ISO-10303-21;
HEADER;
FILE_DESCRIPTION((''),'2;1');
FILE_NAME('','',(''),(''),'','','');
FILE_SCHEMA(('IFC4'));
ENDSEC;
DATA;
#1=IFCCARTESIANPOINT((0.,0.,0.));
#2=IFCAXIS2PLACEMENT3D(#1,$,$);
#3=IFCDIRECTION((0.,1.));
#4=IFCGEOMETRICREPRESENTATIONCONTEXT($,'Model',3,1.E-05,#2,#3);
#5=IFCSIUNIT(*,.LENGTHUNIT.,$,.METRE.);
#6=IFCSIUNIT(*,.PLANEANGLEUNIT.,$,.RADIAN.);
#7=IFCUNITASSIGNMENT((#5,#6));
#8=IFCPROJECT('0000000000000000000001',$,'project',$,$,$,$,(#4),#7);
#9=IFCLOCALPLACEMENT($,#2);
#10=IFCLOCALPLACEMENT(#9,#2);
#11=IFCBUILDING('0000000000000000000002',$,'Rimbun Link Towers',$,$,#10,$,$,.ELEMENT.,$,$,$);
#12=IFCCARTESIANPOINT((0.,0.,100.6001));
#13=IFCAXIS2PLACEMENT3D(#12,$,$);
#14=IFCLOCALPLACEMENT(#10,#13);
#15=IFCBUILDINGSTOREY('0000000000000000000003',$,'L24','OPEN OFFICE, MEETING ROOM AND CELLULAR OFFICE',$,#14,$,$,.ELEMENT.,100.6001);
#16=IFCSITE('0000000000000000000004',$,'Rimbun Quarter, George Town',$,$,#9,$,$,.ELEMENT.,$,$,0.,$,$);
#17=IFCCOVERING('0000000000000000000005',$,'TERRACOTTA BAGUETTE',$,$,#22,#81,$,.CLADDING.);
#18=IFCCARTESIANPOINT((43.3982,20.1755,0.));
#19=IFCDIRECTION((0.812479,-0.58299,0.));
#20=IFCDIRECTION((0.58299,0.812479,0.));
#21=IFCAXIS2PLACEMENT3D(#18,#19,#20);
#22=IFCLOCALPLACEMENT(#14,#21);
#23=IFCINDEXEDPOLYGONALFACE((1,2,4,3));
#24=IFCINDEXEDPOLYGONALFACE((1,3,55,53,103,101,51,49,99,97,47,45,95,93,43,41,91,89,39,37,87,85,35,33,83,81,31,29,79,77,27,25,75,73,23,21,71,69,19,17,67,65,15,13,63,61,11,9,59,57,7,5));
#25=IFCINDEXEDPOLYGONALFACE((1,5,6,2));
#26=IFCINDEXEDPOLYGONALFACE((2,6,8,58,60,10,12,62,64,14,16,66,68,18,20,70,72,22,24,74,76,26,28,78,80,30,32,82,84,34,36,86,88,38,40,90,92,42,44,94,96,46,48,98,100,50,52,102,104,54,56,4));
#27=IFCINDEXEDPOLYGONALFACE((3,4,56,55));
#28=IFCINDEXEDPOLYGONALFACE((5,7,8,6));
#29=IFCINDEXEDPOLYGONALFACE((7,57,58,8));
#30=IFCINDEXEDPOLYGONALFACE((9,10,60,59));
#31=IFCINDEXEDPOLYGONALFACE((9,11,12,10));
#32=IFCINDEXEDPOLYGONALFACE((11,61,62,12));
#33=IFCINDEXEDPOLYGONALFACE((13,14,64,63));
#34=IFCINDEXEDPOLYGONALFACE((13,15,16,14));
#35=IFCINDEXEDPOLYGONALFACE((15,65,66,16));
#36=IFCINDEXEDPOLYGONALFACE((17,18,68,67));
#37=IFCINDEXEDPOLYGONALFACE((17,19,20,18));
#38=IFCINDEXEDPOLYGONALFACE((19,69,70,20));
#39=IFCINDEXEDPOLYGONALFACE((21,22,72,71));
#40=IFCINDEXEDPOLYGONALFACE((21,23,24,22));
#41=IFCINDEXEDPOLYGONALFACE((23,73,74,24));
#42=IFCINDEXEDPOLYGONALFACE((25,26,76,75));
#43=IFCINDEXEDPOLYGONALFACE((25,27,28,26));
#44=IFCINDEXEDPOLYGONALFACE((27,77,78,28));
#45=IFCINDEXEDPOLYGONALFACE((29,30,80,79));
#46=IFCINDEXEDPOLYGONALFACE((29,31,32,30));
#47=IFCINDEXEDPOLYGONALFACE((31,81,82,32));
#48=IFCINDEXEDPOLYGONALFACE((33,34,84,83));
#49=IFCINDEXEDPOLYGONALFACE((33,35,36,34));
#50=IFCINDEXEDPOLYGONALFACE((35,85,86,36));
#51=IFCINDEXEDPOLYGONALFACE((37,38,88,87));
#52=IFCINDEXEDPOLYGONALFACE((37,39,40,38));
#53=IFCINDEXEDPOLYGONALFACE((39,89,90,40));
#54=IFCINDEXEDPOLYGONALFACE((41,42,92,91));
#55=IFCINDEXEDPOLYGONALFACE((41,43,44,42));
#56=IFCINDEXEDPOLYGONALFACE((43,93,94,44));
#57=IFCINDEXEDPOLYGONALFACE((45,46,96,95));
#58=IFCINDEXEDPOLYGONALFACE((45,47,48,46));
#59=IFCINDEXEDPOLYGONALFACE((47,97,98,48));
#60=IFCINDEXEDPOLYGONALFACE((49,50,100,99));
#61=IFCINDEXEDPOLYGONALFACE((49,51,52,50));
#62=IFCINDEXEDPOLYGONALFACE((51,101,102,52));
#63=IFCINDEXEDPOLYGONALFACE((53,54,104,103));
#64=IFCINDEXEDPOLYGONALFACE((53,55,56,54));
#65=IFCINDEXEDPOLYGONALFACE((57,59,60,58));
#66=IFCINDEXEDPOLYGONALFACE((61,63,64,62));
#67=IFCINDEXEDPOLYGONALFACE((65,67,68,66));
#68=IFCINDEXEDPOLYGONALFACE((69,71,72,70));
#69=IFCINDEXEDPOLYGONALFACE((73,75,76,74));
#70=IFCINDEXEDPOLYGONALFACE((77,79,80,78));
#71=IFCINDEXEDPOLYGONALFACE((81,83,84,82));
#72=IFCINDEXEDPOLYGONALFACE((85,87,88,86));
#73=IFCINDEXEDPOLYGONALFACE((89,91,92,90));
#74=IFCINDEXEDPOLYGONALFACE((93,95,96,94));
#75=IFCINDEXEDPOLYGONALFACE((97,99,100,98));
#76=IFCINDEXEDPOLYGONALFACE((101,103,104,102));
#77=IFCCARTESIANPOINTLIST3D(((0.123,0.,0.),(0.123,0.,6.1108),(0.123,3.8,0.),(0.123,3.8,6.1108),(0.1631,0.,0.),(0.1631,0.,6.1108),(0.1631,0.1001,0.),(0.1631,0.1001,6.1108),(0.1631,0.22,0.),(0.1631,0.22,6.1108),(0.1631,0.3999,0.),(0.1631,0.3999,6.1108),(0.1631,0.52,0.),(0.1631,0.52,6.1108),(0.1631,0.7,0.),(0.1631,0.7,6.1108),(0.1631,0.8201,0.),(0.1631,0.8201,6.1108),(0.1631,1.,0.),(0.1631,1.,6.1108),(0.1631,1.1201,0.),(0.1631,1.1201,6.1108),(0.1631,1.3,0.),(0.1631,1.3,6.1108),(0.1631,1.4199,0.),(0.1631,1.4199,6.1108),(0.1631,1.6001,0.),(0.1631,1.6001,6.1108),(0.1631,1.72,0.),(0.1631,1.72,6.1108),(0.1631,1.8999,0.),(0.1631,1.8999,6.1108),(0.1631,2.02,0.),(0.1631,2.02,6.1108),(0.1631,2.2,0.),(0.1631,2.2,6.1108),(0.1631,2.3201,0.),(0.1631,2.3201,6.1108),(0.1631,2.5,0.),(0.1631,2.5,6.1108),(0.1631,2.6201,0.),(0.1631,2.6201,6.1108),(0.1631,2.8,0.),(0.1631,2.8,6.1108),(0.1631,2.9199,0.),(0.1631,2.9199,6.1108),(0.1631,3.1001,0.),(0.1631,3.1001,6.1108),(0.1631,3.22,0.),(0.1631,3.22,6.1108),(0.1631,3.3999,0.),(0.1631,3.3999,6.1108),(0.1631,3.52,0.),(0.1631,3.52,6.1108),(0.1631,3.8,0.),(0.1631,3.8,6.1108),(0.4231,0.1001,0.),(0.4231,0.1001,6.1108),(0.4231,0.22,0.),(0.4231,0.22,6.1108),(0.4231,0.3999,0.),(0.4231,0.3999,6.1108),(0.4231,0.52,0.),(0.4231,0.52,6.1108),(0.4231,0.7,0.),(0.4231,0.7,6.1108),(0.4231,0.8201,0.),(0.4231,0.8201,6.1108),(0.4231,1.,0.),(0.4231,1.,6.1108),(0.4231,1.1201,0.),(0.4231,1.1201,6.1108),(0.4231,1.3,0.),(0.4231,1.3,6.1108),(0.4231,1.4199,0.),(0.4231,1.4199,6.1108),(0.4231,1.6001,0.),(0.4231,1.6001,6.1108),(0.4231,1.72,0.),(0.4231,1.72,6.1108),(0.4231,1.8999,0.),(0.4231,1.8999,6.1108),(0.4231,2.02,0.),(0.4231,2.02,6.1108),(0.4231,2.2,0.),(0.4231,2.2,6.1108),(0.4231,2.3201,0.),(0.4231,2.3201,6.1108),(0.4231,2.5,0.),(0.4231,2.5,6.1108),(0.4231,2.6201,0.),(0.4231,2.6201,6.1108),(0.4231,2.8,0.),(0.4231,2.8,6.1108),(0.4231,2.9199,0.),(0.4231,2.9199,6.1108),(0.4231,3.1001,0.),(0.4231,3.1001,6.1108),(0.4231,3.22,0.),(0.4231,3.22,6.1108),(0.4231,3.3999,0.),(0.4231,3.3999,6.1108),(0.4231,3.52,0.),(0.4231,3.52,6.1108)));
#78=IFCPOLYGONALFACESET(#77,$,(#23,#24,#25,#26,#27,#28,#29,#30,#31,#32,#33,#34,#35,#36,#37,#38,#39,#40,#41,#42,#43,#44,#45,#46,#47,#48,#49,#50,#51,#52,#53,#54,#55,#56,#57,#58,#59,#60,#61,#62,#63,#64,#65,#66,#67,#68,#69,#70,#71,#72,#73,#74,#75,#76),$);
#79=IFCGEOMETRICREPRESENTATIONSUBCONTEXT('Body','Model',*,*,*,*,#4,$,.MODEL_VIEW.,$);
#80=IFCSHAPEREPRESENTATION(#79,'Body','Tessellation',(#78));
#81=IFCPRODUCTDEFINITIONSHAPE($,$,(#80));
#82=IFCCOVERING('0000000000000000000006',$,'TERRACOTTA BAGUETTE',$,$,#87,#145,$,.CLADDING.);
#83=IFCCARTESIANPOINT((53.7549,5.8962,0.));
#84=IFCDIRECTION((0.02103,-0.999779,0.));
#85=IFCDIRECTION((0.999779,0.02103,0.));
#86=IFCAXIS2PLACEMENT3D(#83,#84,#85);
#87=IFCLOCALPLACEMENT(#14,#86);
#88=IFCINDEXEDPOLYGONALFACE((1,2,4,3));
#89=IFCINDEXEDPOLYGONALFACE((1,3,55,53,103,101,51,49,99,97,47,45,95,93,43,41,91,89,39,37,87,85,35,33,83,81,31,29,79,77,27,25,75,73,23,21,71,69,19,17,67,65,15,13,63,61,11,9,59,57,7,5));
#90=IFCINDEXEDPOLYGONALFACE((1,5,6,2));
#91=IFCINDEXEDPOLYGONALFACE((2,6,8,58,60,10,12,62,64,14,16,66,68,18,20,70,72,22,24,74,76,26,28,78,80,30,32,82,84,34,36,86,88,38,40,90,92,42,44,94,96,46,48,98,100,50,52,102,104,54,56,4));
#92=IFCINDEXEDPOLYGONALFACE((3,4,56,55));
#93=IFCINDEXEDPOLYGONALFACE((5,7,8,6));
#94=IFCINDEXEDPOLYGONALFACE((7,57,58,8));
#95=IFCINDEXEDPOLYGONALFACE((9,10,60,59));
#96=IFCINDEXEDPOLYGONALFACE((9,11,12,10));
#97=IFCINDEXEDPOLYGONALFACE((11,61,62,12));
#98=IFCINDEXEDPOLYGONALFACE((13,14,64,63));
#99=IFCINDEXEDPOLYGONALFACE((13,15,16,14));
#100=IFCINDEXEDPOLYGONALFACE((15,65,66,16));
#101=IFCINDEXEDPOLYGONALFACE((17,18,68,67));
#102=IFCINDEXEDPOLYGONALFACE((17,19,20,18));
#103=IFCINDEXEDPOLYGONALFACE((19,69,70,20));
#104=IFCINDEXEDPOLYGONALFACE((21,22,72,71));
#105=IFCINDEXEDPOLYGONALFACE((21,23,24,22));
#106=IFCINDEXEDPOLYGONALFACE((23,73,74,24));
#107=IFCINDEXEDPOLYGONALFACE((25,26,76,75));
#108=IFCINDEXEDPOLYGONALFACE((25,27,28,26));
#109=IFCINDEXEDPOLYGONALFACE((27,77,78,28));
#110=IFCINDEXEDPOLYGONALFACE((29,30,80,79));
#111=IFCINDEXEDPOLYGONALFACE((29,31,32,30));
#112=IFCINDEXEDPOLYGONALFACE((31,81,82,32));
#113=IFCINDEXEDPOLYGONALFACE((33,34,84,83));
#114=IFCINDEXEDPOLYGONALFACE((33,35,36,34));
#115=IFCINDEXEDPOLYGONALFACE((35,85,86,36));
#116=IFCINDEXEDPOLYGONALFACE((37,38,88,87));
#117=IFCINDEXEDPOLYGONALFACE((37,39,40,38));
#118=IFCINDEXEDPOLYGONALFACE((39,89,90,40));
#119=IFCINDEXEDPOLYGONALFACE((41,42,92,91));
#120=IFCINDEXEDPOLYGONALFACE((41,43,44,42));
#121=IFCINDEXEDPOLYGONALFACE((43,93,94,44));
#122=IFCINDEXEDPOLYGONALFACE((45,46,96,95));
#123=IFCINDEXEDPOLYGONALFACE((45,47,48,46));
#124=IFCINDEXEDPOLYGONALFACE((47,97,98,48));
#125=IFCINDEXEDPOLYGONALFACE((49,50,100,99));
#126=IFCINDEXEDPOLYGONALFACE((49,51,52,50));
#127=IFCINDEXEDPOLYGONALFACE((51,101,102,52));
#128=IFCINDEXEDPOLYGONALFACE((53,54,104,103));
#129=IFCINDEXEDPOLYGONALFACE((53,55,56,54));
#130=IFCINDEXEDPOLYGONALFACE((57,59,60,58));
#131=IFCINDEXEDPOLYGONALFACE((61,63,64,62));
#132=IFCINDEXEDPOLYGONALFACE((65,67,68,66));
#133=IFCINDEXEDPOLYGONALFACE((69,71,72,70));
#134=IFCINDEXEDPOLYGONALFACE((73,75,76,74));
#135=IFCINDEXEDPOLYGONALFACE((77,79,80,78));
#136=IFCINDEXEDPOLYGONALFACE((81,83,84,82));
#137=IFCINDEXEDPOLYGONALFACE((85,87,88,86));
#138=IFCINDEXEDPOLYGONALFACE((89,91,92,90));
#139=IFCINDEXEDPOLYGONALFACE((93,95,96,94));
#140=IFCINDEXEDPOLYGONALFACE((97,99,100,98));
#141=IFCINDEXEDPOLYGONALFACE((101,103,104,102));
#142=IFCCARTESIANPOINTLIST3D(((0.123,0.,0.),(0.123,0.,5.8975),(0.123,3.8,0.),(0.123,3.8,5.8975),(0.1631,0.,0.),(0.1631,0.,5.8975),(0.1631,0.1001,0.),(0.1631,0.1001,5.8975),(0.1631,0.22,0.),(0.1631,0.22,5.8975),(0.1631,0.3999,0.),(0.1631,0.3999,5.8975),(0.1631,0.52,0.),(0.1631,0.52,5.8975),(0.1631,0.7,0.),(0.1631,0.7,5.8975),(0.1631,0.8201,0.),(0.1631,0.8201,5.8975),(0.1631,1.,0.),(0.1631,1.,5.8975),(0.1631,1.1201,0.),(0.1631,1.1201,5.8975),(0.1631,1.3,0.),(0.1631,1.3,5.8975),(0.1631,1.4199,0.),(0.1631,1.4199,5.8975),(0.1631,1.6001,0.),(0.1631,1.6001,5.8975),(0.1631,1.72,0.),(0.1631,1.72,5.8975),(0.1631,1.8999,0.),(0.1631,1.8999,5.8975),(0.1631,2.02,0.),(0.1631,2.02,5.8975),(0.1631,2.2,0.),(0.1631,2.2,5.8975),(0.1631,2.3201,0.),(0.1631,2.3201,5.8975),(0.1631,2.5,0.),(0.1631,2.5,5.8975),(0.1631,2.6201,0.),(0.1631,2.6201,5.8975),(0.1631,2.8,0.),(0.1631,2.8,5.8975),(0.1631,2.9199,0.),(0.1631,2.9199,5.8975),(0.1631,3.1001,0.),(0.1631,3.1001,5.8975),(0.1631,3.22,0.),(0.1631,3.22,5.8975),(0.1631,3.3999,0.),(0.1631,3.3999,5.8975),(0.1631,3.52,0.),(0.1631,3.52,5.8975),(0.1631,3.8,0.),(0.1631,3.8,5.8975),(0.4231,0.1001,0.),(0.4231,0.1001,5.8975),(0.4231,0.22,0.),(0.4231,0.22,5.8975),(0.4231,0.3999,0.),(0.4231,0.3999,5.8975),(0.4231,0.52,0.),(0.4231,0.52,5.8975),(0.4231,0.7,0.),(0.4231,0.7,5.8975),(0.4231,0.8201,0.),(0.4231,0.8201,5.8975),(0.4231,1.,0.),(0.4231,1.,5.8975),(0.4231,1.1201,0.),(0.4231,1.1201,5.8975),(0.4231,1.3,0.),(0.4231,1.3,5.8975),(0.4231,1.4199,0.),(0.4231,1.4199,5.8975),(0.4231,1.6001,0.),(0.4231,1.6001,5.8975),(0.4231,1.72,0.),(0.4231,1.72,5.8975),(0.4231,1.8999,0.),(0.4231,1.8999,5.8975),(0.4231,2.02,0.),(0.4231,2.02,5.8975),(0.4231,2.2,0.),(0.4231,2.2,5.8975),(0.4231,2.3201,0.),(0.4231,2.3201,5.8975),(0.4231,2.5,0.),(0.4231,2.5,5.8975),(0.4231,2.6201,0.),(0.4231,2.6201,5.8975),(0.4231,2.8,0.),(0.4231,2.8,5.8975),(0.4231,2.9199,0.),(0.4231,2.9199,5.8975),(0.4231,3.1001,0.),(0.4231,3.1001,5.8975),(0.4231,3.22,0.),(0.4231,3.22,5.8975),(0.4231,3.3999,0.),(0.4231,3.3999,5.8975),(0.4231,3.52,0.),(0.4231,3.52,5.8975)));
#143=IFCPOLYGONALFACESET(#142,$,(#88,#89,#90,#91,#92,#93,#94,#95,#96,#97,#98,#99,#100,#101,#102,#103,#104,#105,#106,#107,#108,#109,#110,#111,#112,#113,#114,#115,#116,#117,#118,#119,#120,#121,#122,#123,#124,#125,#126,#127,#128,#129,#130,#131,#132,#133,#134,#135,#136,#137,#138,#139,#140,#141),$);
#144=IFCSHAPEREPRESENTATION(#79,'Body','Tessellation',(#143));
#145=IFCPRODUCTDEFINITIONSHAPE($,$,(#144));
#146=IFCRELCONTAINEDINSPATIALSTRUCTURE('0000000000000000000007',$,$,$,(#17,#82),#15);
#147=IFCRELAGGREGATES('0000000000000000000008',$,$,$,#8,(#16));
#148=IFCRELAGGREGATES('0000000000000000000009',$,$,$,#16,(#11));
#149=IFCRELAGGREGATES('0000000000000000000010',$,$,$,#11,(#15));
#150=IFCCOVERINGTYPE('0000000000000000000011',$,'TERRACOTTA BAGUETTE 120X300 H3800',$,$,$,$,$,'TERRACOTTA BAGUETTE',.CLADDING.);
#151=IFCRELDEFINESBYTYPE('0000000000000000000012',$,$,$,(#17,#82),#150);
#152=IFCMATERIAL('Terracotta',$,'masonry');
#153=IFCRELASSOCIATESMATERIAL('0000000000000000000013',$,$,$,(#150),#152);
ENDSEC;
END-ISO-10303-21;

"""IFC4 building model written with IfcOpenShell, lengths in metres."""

from ifc_helpers import new_model, si_unit, direction, frame, origin, place, context, subcontext, project, spatial, polyline, outline, extrude, material, material_profile, profile_set, type_object, element, save


model = new_model("IFC4")

# Units and contexts
model_context = context("Model", 3, precision=1e-05, world=origin(), true_north=direction((0.0, 1.0)))
body_context = subcontext(model_context, "Body", "Model", "MODEL_VIEW")
ifc_project = project(units=[si_unit("LENGTHUNIT", "METRE"), si_unit("PLANEANGLEUNIT", "RADIAN")], contexts=[model_context])

# Site, building, storey
site_placement = place(None, origin())
site = spatial("IfcSite", under=ifc_project, at=site_placement, Name="Rimbun Quarter, George Town", CompositionType="ELEMENT", RefElevation=0.0)
building_placement = place(site_placement, origin())
building = spatial("IfcBuilding", under=site, at=building_placement, Name="Rimbun Link Towers", CompositionType="ELEMENT")
storey_placement = place(building_placement, frame((0.0, 0.0, 100.6001)))
storey = spatial("IfcBuildingStorey", under=building, at=storey_placement, Name="L24", Description="OPEN OFFICE, MEETING ROOM AND CELLULAR OFFICE", CompositionType="ELEMENT", Elevation=100.6001)

# Coverings
ifc_material_1 = material(Name="Terracotta", Category="masonry")
ifc_material_profile_1 = material_profile(ifc_material_1, outline(polyline([(0.123, 0.0), (0.1631, 0.0), (0.1631, 0.1001), (0.4231, 0.1001), (0.4231, 0.22), (0.1631, 0.22), (0.1631, 0.3999), (0.4231, 0.3999), (0.4231, 0.52), (0.1631, 0.52), (0.1631, 0.7), (0.4231, 0.7), (0.4231, 0.8201), (0.1631, 0.8201), (0.1631, 1.0), (0.4231, 1.0), (0.4231, 1.1201), (0.1631, 1.1201), (0.1631, 1.3), (0.4231, 1.3), (0.4231, 1.4199), (0.1631, 1.4199), (0.1631, 1.6001), (0.4231, 1.6001), (0.4231, 1.72), (0.1631, 1.72), (0.1631, 1.8999), (0.4231, 1.8999), (0.4231, 2.02), (0.1631, 2.02), (0.1631, 2.2), (0.4231, 2.2), (0.4231, 2.3201), (0.1631, 2.3201), (0.1631, 2.5), (0.4231, 2.5), (0.4231, 2.6201), (0.1631, 2.6201), (0.1631, 2.8), (0.4231, 2.8), (0.4231, 2.9199), (0.1631, 2.9199), (0.1631, 3.1001), (0.4231, 3.1001), (0.4231, 3.22), (0.1631, 3.22), (0.1631, 3.3999), (0.4231, 3.3999), (0.4231, 3.52), (0.1631, 3.52), (0.1631, 3.8), (0.123, 3.8), (0.123, 0.0)])), Name="BAGUETTE 120X300")
ifc_profile_set_1 = profile_set([ifc_material_profile_1], Name="Terracotta")
covering_type = type_object("IfcCoveringType", Name="TERRACOTTA BAGUETTE 120X300 H3800", ElementType="TERRACOTTA BAGUETTE", PredefinedType="CLADDING", material=ifc_profile_set_1)
covering_1_placement = place(storey_placement, frame((43.3982, 20.1755, 0.0), z_axis=(0.812479, -0.58299, 0.0), x_axis=(0.58299, 0.812479, 0.0)))
element("IfcCovering", 1, at=covering_1_placement, inside=storey, type_object=covering_type, Name="TERRACOTTA BAGUETTE", PredefinedType="CLADDING", context=body_context, shape_type="SweptSolid", body=[
    extrude(outline(polyline([(0.123, 0.0), (0.1631, 0.0), (0.1631, 0.1001), (0.4231, 0.1001), (0.4231, 0.22), (0.1631, 0.22), (0.1631, 0.3999), (0.4231, 0.3999), (0.4231, 0.52), (0.1631, 0.52), (0.1631, 0.7), (0.4231, 0.7), (0.4231, 0.8201), (0.1631, 0.8201), (0.1631, 1.0), (0.4231, 1.0), (0.4231, 1.1201), (0.1631, 1.1201), (0.1631, 1.3), (0.4231, 1.3), (0.4231, 1.4199), (0.1631, 1.4199), (0.1631, 1.6001), (0.4231, 1.6001), (0.4231, 1.72), (0.1631, 1.72), (0.1631, 1.8999), (0.4231, 1.8999), (0.4231, 2.02), (0.1631, 2.02), (0.1631, 2.2), (0.4231, 2.2), (0.4231, 2.3201), (0.1631, 2.3201), (0.1631, 2.5), (0.4231, 2.5), (0.4231, 2.6201), (0.1631, 2.6201), (0.1631, 2.8), (0.4231, 2.8), (0.4231, 2.9199), (0.1631, 2.9199), (0.1631, 3.1001), (0.4231, 3.1001), (0.4231, 3.22), (0.1631, 3.22), (0.1631, 3.3999), (0.4231, 3.3999), (0.4231, 3.52), (0.1631, 3.52), (0.1631, 3.8), (0.123, 3.8), (0.123, 0.0)])), origin(), (0.0, 0.0, 1.0), 6.1108),
])
covering_2_placement = place(storey_placement, frame((53.7549, 5.8962, 0.0), z_axis=(0.02103, -0.999779, 0.0), x_axis=(0.999779, 0.02103, 0.0)))
element("IfcCovering", 2, at=covering_2_placement, inside=storey, type_object=covering_type, Name="TERRACOTTA BAGUETTE", PredefinedType="CLADDING", context=body_context, shape_type="SweptSolid", body=[
    extrude(outline(polyline([(0.123, 0.0), (0.1631, 0.0), (0.1631, 0.1001), (0.4231, 0.1001), (0.4231, 0.22), (0.1631, 0.22), (0.1631, 0.3999), (0.4231, 0.3999), (0.4231, 0.52), (0.1631, 0.52), (0.1631, 0.7), (0.4231, 0.7), (0.4231, 0.8201), (0.1631, 0.8201), (0.1631, 1.0), (0.4231, 1.0), (0.4231, 1.1201), (0.1631, 1.1201), (0.1631, 1.3), (0.4231, 1.3), (0.4231, 1.4199), (0.1631, 1.4199), (0.1631, 1.6001), (0.4231, 1.6001), (0.4231, 1.72), (0.1631, 1.72), (0.1631, 1.8999), (0.4231, 1.8999), (0.4231, 2.02), (0.1631, 2.02), (0.1631, 2.2), (0.4231, 2.2), (0.4231, 2.3201), (0.1631, 2.3201), (0.1631, 2.5), (0.4231, 2.5), (0.4231, 2.6201), (0.1631, 2.6201), (0.1631, 2.8), (0.4231, 2.8), (0.4231, 2.9199), (0.1631, 2.9199), (0.1631, 3.1001), (0.4231, 3.1001), (0.4231, 3.22), (0.1631, 3.22), (0.1631, 3.3999), (0.4231, 3.3999), (0.4231, 3.52), (0.1631, 3.52), (0.1631, 3.8), (0.123, 3.8), (0.123, 0.0)])), origin(), (0.0, 0.0, 1.0), 5.8975),
])

save(model, "model.ifc")
